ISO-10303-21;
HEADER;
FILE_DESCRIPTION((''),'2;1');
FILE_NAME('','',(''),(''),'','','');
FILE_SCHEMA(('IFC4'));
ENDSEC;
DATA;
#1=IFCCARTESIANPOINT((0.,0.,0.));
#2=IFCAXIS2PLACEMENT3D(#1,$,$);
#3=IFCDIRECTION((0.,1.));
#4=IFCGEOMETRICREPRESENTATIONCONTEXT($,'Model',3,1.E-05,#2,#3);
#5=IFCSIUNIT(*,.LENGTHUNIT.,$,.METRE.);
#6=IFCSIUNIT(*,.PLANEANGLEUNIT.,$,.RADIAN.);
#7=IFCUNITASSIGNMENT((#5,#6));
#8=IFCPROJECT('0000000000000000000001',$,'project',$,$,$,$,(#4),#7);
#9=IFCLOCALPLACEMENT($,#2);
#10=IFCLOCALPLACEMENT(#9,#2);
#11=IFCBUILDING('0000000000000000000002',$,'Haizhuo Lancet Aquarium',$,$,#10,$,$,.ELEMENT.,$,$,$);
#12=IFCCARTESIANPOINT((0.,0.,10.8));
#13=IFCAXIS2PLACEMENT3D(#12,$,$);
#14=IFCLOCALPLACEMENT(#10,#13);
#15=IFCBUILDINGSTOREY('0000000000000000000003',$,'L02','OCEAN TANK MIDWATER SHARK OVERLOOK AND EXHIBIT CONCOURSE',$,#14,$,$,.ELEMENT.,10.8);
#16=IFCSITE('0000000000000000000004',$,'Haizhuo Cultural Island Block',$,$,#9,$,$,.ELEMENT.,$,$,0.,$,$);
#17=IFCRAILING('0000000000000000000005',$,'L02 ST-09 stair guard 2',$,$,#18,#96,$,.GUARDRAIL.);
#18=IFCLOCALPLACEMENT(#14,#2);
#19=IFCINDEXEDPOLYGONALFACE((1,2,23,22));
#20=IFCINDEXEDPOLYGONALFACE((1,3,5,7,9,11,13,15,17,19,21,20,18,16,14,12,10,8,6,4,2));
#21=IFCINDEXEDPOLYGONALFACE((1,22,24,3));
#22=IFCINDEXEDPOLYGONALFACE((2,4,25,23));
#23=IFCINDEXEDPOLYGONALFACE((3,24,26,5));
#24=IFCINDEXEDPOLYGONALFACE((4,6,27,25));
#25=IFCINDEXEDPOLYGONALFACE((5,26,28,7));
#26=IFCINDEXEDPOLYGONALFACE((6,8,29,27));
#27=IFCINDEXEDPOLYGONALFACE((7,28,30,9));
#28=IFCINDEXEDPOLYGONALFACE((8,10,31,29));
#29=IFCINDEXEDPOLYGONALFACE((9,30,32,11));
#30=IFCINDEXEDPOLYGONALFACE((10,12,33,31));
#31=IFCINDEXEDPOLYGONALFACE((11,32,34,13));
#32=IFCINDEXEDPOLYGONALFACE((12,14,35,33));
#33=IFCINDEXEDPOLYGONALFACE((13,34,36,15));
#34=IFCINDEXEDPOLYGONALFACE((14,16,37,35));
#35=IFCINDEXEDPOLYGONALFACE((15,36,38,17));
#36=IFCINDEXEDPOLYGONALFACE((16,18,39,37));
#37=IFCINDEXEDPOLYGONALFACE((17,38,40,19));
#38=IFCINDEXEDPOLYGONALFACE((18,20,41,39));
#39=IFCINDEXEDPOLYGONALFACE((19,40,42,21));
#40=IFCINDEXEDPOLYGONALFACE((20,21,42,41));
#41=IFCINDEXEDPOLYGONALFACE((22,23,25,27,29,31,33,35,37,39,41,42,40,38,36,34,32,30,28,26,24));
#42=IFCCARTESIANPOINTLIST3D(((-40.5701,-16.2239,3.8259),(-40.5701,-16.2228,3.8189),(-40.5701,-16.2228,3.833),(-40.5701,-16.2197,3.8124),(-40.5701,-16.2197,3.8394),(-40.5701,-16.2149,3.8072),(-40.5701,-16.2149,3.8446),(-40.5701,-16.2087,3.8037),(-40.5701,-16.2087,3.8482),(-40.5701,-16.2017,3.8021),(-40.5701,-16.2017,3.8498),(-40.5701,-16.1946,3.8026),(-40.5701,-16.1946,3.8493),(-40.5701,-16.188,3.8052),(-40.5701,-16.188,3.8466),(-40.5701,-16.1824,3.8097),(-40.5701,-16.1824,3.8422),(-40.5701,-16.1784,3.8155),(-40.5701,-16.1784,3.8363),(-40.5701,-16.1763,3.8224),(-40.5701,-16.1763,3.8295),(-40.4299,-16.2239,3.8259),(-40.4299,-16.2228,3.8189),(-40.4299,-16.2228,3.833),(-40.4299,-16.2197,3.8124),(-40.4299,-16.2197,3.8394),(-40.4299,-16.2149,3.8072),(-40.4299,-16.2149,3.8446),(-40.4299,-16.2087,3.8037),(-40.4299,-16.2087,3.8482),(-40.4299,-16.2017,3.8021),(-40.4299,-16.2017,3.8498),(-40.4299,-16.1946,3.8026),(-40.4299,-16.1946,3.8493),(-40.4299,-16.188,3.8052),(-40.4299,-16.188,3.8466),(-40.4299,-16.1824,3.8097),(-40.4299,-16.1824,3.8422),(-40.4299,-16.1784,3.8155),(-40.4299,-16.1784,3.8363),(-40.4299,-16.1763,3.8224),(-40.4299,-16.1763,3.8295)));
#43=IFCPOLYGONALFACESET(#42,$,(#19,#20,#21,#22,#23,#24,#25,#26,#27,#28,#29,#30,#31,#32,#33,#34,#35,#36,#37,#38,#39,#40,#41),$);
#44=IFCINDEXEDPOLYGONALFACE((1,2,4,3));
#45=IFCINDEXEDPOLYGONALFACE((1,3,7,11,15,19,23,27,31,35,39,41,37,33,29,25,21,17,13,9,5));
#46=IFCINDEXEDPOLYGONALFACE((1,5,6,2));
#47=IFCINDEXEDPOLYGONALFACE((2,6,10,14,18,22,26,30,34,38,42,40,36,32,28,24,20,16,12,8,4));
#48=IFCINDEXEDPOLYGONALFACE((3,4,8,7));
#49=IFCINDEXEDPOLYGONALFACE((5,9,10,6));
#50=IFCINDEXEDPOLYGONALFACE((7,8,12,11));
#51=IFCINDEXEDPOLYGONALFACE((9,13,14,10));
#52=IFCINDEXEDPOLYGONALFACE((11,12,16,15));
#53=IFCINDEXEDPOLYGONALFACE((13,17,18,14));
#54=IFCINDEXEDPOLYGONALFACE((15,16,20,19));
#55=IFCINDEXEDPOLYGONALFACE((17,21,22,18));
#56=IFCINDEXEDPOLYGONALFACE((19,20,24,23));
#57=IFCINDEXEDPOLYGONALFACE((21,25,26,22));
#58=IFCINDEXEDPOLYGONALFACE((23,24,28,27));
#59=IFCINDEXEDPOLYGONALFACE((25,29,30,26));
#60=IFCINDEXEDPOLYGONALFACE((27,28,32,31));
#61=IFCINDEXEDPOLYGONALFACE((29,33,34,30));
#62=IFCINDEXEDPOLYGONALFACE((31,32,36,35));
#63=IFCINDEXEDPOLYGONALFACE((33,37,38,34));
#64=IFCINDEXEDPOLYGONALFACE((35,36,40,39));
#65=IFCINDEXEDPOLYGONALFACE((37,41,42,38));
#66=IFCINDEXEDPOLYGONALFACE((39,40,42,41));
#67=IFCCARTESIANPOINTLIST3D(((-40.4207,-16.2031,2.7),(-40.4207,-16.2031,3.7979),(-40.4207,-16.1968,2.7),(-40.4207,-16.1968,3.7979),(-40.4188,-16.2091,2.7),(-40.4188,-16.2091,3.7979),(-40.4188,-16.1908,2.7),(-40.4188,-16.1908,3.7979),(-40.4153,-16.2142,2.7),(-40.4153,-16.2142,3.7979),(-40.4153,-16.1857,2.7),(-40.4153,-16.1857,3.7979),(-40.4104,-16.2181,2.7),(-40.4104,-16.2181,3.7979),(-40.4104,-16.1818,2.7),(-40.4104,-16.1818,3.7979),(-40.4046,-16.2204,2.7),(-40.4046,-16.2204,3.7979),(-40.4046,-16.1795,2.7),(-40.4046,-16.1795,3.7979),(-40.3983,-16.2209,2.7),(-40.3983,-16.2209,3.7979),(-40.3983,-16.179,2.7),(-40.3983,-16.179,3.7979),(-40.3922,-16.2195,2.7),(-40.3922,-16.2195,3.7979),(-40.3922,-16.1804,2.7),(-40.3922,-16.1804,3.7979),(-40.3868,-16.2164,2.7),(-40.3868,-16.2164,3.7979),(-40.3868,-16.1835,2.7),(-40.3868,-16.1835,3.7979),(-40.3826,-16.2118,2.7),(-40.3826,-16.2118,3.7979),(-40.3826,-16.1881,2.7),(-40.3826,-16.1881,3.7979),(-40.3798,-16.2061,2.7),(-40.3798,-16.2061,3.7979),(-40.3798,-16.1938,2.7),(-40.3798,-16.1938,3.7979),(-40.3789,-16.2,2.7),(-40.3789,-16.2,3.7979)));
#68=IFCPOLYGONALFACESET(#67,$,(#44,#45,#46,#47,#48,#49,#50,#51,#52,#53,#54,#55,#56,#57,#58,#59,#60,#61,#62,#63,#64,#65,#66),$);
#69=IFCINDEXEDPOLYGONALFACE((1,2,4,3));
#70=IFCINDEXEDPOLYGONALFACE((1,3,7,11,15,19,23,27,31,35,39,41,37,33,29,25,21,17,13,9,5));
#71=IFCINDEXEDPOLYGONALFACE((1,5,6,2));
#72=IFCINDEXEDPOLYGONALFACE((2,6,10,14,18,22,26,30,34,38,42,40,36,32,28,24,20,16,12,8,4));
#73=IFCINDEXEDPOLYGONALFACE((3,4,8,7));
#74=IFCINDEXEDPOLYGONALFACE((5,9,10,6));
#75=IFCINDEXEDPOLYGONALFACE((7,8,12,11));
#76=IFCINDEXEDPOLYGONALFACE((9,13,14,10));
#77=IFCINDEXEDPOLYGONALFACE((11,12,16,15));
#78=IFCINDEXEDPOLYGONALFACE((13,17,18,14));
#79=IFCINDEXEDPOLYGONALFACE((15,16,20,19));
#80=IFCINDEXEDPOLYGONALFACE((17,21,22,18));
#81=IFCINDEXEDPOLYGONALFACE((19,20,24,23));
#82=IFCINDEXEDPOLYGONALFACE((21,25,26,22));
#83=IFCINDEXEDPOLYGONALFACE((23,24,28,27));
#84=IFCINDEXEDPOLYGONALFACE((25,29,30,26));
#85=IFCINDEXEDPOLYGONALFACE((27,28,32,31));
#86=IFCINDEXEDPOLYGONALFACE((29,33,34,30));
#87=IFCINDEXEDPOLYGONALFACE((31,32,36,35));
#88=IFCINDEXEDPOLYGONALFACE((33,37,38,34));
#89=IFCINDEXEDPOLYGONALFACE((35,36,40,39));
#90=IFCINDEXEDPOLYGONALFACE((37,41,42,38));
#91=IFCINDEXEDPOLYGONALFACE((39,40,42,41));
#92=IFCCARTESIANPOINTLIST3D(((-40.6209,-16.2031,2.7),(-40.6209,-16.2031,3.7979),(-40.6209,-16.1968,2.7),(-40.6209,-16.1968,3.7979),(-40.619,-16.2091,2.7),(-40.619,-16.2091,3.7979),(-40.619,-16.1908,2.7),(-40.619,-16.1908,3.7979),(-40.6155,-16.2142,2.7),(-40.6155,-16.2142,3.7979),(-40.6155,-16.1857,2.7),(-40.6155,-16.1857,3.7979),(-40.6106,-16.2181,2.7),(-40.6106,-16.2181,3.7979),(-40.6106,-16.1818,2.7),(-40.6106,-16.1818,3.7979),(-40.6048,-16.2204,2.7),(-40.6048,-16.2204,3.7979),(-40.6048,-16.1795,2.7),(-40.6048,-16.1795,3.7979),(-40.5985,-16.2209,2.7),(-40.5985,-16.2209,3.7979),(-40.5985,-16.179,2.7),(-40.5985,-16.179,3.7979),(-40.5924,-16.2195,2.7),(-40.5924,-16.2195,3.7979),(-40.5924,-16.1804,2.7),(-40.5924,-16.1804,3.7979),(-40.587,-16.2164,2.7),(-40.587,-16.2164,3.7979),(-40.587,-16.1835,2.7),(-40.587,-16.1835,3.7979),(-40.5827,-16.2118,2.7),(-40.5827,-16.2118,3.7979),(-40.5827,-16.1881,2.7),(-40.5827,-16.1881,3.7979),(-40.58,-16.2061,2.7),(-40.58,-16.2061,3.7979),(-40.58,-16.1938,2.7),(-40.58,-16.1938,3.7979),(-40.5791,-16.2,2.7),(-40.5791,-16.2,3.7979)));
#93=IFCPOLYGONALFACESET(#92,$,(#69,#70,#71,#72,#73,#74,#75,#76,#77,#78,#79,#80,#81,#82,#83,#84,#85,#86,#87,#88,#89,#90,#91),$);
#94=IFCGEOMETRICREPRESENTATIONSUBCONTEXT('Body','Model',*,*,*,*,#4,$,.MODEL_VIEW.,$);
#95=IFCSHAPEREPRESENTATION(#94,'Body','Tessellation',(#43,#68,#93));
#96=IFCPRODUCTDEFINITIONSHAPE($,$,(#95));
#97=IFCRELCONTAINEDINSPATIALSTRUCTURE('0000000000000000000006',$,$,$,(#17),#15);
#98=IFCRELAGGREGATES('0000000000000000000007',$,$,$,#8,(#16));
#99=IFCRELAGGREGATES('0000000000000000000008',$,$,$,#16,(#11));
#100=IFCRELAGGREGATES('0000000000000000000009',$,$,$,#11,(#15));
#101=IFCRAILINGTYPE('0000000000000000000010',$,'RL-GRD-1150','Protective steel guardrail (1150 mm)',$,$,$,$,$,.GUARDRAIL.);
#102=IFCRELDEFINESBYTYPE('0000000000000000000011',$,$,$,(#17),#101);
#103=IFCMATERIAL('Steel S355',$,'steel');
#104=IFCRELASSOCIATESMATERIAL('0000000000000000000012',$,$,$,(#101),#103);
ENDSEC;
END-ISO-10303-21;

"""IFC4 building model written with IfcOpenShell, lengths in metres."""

from ifc_helpers import new_model, si_unit, direction, frame, origin, origin_2d, place, context, subcontext, project, spatial, circle, extrude, material, type_object, element, save


model = new_model("IFC4")

# Units and contexts
model_context = context("Model", 3, precision=1e-05, world=origin(), true_north=direction((0.0, 1.0)))
body_context = subcontext(model_context, "Body", "Model", "MODEL_VIEW")
ifc_project = project(units=[si_unit("LENGTHUNIT", "METRE"), si_unit("PLANEANGLEUNIT", "RADIAN")], contexts=[model_context])

# Site, building, storey
site_placement = place(None, origin())
site = spatial("IfcSite", under=ifc_project, at=site_placement, Name="Haizhuo Cultural Island Block", CompositionType="ELEMENT", RefElevation=0.0)
building_placement = place(site_placement, origin())
building = spatial("IfcBuilding", under=site, at=building_placement, Name="Haizhuo Lancet Aquarium", CompositionType="ELEMENT")
storey_placement = place(building_placement, frame((0.0, 0.0, 10.8)))
storey = spatial("IfcBuildingStorey", under=building, at=storey_placement, Name="L02", Description="OCEAN TANK MIDWATER SHARK OVERLOOK AND EXHIBIT CONCOURSE", CompositionType="ELEMENT", Elevation=10.8)

# Shared definitions
ifc_material_1 = material(Name="Steel S355", Category="steel")

# Railing
railing_type_1 = type_object("IfcRailingType", Name="RL-GRD-1150", Description="Protective steel guardrail (1150 mm)", PredefinedType="GUARDRAIL", material=ifc_material_1)
railing_1_placement = place(storey_placement, frame((-40.3999, -16.2, 2.7)))
element("IfcRailing", 1, at=railing_1_placement, inside=storey, type_object=railing_type_1, Name="L02 ST-09 stair guard 2", PredefinedType="GUARDRAIL", context=body_context, shape_type="SweptSolid", body=[
    extrude(circle(Radius=0.0239, at=origin_2d()), frame((-0.03, 0.0, 1.126), z_axis=(-1.0, 0.0, 0.0), x_axis=(0.0, -1.0, 0.0)), (0.0, 0.0, 1.0), 0.1401),
    extrude(circle(Radius=0.021, at=origin_2d()), origin(), (0.0, 0.0, 1.0), 1.0979),
    extrude(circle(Radius=0.021, at=origin_2d()), frame((-0.2002, 0.0, 0.0)), (0.0, 0.0, 1.0), 1.0979),
])

save(model, "model.ifc")
